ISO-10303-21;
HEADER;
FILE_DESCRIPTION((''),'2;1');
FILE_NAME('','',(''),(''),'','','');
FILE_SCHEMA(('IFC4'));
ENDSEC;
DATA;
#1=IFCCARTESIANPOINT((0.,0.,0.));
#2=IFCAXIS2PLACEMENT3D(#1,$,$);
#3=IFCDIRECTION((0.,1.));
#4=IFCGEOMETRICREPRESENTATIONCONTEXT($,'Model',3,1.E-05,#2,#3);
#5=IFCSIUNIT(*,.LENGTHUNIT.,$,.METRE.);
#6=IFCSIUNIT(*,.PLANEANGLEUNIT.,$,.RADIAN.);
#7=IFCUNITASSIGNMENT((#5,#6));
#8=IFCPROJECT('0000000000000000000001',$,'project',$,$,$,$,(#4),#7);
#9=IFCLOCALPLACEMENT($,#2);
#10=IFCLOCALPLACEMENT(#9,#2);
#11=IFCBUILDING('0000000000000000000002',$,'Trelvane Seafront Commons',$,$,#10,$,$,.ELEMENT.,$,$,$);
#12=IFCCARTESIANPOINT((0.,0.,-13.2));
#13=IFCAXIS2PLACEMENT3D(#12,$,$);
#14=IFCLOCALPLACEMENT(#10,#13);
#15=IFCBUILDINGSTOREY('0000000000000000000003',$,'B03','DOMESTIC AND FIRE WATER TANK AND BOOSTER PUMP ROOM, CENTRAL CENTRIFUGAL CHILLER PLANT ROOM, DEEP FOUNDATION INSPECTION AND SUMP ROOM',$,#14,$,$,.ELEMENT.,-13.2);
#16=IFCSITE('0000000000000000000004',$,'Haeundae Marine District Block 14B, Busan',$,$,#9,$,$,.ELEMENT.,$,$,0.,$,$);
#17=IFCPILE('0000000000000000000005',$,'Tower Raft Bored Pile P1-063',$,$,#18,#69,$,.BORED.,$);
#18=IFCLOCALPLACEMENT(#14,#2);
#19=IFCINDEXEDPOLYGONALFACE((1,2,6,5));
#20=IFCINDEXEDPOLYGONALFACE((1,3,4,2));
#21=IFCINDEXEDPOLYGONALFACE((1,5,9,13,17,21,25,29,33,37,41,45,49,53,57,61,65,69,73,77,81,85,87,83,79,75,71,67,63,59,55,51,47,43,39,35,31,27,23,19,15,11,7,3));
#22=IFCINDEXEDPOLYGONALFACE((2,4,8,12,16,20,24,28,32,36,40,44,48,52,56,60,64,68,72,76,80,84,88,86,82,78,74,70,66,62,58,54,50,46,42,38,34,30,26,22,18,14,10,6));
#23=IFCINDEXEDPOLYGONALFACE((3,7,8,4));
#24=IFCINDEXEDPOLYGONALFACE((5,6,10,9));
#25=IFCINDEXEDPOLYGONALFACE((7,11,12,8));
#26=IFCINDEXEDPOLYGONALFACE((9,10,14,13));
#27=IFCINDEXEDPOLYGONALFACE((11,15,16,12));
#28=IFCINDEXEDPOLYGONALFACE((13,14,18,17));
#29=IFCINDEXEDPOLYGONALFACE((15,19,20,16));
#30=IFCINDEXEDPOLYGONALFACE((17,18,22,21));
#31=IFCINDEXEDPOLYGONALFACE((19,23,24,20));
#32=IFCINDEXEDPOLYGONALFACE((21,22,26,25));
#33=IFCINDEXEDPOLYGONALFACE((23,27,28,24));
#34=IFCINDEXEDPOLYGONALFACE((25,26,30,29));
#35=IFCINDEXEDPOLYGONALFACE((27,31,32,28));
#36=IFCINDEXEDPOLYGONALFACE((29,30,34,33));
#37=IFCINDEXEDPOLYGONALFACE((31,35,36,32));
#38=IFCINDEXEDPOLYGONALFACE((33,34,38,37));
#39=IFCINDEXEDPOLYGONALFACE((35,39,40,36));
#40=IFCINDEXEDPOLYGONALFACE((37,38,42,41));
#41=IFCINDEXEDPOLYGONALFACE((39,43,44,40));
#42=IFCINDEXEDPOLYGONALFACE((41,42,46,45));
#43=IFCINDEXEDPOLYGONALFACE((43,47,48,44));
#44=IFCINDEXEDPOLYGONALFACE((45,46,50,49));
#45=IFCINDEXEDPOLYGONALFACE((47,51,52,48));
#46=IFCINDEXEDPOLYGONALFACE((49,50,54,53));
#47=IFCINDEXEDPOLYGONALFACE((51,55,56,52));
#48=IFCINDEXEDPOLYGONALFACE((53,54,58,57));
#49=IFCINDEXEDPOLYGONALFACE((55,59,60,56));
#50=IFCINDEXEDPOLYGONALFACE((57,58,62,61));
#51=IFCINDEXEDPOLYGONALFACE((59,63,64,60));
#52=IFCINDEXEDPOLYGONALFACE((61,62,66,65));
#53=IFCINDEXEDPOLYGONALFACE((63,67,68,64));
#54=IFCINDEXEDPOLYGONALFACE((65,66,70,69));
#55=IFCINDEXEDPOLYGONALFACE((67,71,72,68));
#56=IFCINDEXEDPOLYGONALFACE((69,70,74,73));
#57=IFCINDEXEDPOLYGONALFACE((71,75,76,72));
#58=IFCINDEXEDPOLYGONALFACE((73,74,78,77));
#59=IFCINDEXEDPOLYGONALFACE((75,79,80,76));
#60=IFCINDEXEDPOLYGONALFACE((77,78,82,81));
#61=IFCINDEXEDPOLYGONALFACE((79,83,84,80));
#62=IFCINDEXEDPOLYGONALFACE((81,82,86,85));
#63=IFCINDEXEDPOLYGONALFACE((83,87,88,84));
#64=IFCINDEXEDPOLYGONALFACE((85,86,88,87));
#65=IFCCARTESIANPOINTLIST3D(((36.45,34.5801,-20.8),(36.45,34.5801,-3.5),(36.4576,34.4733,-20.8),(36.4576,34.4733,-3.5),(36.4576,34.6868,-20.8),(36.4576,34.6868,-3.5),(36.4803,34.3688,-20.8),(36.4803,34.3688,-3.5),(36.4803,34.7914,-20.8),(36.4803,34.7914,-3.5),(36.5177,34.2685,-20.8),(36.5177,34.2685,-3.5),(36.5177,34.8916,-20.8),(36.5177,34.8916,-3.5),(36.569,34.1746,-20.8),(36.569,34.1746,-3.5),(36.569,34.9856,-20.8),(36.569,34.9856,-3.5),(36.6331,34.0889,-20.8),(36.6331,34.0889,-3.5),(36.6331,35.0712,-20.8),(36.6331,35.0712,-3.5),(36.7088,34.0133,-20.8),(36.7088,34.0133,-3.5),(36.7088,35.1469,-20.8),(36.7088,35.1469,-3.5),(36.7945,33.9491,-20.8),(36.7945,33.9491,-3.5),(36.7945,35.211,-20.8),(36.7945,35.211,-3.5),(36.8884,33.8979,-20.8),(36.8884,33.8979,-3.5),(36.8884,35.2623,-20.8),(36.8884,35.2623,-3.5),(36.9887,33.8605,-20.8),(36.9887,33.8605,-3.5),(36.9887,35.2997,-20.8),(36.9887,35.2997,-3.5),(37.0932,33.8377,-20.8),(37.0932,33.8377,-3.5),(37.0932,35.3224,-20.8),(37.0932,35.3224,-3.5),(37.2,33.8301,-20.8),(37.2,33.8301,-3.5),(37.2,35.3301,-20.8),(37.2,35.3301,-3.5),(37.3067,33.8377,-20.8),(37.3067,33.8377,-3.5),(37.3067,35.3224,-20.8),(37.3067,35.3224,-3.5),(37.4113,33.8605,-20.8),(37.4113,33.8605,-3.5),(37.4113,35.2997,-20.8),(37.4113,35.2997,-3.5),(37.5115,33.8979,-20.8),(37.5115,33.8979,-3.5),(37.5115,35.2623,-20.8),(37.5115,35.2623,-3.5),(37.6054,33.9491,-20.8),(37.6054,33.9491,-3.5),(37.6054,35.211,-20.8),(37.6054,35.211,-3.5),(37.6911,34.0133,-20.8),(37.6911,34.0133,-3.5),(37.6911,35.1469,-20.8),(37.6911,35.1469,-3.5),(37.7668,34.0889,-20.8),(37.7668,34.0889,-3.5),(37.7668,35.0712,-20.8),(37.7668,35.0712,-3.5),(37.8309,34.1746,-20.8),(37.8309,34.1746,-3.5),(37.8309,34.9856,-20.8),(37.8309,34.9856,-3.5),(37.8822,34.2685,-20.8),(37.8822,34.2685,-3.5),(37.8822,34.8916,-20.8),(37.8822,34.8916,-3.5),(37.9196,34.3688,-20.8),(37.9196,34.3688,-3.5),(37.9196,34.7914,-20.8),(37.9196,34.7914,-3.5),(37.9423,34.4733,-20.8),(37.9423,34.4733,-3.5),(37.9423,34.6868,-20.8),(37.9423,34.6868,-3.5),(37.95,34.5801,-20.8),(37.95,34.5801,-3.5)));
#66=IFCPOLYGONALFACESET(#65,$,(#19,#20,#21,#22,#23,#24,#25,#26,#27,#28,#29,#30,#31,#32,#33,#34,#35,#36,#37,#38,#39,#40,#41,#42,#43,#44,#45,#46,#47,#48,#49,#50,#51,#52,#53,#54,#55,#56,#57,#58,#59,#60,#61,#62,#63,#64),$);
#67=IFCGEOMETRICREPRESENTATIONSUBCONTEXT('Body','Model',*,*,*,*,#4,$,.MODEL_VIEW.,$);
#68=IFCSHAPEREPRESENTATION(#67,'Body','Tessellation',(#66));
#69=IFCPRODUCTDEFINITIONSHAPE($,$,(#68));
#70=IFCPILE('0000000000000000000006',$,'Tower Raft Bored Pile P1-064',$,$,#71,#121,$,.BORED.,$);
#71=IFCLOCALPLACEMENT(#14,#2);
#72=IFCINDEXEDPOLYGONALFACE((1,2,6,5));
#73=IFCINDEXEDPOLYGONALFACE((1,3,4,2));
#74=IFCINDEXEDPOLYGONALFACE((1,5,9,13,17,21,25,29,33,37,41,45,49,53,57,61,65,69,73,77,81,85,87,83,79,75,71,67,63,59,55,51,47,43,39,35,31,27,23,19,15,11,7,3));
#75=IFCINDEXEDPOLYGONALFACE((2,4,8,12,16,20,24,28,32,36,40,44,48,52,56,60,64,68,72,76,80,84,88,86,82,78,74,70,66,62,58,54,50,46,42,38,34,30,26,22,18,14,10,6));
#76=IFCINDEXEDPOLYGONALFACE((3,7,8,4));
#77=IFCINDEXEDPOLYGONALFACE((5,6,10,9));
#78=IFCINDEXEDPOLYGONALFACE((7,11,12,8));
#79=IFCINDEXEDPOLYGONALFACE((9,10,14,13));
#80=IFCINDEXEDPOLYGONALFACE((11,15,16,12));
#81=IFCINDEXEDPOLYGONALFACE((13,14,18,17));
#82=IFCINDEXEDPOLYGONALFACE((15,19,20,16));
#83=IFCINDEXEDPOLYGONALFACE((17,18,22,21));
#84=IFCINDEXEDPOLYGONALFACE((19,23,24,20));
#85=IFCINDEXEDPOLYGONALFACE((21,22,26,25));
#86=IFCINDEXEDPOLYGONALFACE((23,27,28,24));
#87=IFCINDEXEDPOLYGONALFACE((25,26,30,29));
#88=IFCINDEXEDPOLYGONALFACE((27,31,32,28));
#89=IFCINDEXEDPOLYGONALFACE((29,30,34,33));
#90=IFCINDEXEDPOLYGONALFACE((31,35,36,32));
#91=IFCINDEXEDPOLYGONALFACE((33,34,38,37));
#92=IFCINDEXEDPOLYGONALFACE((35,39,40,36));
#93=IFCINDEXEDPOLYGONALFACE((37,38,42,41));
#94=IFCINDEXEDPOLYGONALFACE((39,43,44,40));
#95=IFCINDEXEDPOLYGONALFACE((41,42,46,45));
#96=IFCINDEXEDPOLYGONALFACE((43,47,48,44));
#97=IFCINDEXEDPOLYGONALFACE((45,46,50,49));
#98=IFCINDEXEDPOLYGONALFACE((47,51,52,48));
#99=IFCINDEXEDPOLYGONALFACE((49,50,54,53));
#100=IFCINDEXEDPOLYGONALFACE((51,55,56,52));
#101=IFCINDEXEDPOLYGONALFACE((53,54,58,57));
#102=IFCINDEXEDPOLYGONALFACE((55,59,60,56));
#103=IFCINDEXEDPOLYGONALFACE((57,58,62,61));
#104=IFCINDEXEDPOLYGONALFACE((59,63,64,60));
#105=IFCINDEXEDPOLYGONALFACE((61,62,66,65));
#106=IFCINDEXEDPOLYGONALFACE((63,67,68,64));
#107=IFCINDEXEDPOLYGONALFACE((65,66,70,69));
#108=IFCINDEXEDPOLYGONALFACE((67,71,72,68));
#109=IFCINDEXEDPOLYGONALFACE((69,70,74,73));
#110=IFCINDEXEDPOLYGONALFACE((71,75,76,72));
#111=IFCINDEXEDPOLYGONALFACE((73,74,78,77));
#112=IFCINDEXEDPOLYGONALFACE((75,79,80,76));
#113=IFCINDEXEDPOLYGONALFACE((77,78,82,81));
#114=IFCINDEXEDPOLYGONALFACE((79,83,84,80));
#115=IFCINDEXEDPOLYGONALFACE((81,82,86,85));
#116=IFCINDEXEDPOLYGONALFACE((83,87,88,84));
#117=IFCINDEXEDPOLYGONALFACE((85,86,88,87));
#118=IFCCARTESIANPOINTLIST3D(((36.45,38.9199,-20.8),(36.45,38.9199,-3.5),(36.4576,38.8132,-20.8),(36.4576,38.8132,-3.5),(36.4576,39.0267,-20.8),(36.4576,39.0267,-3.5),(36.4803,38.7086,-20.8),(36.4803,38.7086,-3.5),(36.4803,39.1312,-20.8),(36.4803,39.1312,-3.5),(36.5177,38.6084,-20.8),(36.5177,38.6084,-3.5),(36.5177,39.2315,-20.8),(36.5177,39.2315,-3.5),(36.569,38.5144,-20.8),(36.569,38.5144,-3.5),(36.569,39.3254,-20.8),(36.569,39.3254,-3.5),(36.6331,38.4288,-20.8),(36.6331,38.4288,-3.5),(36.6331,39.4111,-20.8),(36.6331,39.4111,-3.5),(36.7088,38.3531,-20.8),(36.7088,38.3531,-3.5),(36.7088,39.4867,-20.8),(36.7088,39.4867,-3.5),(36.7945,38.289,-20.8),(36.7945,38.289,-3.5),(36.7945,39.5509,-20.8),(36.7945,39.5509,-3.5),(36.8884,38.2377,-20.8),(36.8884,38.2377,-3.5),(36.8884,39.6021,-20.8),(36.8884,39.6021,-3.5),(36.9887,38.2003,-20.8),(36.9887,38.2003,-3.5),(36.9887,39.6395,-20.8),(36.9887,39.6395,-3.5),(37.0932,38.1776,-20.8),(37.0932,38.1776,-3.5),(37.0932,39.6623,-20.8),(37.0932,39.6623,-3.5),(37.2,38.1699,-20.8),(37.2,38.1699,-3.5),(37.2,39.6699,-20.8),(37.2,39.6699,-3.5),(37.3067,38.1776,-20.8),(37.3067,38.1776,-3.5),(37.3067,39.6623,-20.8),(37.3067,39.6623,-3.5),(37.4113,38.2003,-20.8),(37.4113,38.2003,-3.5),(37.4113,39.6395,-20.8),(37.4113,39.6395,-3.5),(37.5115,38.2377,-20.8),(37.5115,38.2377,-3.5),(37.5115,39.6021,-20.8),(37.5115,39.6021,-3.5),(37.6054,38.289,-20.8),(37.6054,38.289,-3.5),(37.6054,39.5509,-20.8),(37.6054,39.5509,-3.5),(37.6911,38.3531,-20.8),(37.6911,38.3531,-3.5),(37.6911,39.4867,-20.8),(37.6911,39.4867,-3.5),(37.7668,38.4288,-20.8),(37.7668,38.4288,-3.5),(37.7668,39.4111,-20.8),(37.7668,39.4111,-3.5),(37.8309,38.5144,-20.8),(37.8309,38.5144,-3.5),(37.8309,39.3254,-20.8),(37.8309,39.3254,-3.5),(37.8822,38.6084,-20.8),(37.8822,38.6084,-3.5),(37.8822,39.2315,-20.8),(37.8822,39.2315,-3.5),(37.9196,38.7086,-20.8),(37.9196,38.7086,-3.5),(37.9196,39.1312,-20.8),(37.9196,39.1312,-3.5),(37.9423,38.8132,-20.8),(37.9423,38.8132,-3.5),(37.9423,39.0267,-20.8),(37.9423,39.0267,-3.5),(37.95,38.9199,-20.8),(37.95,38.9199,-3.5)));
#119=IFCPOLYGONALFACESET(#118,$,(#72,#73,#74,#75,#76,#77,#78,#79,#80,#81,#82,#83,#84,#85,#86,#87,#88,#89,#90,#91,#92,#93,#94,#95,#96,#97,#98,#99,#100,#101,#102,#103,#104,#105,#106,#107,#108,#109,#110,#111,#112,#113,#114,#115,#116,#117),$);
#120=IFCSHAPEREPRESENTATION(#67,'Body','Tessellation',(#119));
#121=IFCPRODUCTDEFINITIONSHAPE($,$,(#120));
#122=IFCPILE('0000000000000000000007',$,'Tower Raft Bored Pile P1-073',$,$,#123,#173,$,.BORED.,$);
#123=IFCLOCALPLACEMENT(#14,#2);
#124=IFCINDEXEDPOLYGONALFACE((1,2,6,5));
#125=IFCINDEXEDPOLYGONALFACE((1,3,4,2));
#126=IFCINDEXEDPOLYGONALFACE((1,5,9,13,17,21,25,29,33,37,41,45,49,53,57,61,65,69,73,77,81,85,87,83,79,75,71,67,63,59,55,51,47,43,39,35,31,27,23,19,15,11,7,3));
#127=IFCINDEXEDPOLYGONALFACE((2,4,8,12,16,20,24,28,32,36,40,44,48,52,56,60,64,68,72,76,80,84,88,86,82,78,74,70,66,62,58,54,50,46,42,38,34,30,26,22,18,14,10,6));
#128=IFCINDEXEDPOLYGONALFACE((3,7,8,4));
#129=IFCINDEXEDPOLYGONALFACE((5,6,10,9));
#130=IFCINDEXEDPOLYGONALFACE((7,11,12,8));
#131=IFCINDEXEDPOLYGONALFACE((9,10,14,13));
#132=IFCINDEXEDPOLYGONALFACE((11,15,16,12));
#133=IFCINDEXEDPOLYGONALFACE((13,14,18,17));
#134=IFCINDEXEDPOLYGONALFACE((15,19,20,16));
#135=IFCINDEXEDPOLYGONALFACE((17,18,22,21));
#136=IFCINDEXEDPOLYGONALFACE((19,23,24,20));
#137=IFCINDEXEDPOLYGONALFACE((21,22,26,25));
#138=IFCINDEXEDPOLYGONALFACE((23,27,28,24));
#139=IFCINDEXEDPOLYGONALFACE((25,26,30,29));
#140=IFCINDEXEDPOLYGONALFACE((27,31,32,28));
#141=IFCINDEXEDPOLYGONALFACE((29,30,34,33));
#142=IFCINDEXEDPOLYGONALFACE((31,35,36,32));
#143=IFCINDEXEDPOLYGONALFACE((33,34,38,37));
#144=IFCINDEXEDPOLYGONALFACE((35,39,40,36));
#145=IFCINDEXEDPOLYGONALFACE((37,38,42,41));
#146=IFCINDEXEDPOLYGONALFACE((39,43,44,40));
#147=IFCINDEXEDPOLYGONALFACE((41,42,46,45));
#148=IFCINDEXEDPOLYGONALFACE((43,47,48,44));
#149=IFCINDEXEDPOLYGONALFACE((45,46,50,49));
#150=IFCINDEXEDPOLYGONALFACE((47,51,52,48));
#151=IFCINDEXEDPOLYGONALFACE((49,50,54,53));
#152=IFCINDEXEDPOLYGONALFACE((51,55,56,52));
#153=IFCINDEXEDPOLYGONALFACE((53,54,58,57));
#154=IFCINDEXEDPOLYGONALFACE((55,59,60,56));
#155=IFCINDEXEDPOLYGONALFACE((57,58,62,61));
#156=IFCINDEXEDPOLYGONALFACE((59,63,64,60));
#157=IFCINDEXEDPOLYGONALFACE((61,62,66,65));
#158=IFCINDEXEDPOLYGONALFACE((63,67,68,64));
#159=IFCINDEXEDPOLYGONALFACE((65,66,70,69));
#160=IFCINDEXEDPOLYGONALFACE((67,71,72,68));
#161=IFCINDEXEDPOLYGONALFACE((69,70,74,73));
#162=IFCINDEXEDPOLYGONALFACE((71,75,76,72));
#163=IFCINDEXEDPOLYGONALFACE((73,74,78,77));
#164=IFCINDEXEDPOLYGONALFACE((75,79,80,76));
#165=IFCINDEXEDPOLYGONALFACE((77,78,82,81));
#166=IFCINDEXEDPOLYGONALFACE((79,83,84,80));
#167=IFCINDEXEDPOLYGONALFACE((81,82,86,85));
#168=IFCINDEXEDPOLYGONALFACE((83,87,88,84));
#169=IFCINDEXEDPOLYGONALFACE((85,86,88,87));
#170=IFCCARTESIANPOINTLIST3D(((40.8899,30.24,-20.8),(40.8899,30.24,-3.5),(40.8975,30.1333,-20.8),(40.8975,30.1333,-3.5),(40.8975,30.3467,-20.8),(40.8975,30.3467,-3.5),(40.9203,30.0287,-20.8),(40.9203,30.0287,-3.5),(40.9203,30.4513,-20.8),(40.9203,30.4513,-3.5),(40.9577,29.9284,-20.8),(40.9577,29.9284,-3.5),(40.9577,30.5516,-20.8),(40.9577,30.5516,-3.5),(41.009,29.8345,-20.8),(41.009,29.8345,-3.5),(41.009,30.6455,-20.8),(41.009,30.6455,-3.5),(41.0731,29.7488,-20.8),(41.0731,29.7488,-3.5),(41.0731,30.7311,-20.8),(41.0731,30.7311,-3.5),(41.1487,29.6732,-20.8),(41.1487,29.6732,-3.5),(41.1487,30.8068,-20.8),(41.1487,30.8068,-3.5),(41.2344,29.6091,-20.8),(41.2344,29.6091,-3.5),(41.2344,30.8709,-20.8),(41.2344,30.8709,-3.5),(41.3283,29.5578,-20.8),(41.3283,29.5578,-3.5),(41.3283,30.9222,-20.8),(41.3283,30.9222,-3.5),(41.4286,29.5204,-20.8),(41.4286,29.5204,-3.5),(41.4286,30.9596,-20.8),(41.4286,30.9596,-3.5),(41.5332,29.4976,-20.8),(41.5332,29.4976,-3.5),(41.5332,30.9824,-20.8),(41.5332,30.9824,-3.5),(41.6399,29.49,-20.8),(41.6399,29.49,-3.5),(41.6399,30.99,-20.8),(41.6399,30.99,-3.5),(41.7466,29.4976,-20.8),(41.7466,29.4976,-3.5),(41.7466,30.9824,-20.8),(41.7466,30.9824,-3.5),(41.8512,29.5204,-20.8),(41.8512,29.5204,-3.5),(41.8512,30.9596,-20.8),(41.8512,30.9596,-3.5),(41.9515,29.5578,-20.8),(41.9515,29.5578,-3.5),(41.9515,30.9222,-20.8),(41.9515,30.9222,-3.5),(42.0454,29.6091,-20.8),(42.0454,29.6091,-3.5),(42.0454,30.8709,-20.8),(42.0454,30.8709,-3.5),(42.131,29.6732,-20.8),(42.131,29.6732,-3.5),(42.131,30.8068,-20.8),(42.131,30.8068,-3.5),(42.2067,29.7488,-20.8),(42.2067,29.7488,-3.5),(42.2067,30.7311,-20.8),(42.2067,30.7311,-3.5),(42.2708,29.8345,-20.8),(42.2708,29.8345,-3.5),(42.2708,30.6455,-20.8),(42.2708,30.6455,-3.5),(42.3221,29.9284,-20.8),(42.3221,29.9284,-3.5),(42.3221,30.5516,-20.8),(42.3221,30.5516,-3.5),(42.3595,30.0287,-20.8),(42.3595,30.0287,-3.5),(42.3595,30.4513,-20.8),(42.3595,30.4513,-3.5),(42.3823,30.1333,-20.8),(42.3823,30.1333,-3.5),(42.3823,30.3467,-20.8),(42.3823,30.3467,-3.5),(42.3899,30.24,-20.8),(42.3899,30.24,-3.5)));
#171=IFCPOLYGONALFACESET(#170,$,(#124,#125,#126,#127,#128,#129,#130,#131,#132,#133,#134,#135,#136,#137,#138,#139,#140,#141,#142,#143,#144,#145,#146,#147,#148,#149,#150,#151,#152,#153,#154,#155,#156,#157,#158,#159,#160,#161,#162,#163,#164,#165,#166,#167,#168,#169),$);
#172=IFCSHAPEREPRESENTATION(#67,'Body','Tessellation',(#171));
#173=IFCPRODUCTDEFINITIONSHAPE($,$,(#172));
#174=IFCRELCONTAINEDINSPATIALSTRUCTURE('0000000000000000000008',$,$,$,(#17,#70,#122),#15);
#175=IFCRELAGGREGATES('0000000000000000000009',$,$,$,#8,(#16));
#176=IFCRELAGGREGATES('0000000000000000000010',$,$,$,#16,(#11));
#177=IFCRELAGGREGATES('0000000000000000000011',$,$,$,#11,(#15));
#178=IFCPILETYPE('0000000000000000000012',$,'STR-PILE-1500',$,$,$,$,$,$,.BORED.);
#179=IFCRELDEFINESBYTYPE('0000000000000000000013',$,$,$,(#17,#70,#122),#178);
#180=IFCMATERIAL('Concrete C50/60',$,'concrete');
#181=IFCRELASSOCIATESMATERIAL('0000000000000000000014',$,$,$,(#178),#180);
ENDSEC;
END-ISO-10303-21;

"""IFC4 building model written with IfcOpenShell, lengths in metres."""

from ifc_helpers import new_model, si_unit, direction, frame, origin, origin_2d, place, context, subcontext, project, spatial, circle, extrude, source, transform, mapped, material, material_profile, profile_set, type_object, element, save


model = new_model("IFC4")

# Units and contexts
model_context = context("Model", 3, precision=1e-05, world=origin(), true_north=direction((0.0, 1.0)))
body_context = subcontext(model_context, "Body", "Model", "MODEL_VIEW")
ifc_project = project(units=[si_unit("LENGTHUNIT", "METRE"), si_unit("PLANEANGLEUNIT", "RADIAN")], contexts=[model_context])

# Site, building, storey
site_placement = place(None, origin())
site = spatial("IfcSite", under=ifc_project, at=site_placement, Name="Haeundae Marine District Block 14B, Busan", CompositionType="ELEMENT", RefElevation=0.0)
building_placement = place(site_placement, origin())
building = spatial("IfcBuilding", under=site, at=building_placement, Name="Trelvane Seafront Commons", CompositionType="ELEMENT")
storey_placement = place(building_placement, frame((0.0, 0.0, -13.2)))
storey = spatial("IfcBuildingStorey", under=building, at=storey_placement, Name="B03", Description="DOMESTIC AND FIRE WATER TANK AND BOOSTER PUMP ROOM, CENTRAL CENTRIFUGAL CHILLER PLANT ROOM, DEEP FOUNDATION INSPECTION AND SUMP ROOM", CompositionType="ELEMENT", Elevation=-13.2)

# Piles
ifc_material_1 = material(Name="Concrete C50/60", Category="concrete")
ifc_material_profile_1 = material_profile(ifc_material_1, circle(Radius=0.75, at=origin_2d()), Name="PILE-1500")
ifc_profile_set_1 = profile_set([ifc_material_profile_1], Name="Concrete C50/60")
pile_type = type_object("IfcPileType", Name="STR-PILE-1500", PredefinedType="BORED", material=ifc_profile_set_1)
shared_shape_1 = source(origin(), body_context, "Body", "SweptSolid", [
    extrude(circle(Radius=0.75, at=origin_2d()), origin(), (0.0, 0.0, 1.0), 17.3),
])
for number, where, z_axis, x_axis, name in (
    (1, (37.2, 34.5801, -3.5), (0.0, 0.0, -1.0), (1.0, 0.0, 0.0), "Tower Raft Bored Pile P1-063"),
    (2, (37.2, 38.9199, -3.5), (0.0, 0.0, -1.0), (1.0, 0.0, 0.0), "Tower Raft Bored Pile P1-064"),
    (3, (41.6399, 30.24, -3.5), (0.0, 0.0, -1.0), (1.0, 0.0, 0.0), "Tower Raft Bored Pile P1-073"),
):
    element("IfcPile", number, at=place(storey_placement, frame(where, z_axis=z_axis, x_axis=x_axis)), inside=storey, type_object=pile_type, Name=name, PredefinedType="BORED", context=body_context, shape_type="MappedRepresentation", body=[
        mapped(shared_shape_1, transform((0.0, 0.0, 0.0), x_axis=(1.0, 0.0, 0.0), y_axis=(0.0, 1.0, 0.0), z_axis=(0.0, 0.0, 1.0), scale=1.0)),
    ])

save(model, "model.ifc")
